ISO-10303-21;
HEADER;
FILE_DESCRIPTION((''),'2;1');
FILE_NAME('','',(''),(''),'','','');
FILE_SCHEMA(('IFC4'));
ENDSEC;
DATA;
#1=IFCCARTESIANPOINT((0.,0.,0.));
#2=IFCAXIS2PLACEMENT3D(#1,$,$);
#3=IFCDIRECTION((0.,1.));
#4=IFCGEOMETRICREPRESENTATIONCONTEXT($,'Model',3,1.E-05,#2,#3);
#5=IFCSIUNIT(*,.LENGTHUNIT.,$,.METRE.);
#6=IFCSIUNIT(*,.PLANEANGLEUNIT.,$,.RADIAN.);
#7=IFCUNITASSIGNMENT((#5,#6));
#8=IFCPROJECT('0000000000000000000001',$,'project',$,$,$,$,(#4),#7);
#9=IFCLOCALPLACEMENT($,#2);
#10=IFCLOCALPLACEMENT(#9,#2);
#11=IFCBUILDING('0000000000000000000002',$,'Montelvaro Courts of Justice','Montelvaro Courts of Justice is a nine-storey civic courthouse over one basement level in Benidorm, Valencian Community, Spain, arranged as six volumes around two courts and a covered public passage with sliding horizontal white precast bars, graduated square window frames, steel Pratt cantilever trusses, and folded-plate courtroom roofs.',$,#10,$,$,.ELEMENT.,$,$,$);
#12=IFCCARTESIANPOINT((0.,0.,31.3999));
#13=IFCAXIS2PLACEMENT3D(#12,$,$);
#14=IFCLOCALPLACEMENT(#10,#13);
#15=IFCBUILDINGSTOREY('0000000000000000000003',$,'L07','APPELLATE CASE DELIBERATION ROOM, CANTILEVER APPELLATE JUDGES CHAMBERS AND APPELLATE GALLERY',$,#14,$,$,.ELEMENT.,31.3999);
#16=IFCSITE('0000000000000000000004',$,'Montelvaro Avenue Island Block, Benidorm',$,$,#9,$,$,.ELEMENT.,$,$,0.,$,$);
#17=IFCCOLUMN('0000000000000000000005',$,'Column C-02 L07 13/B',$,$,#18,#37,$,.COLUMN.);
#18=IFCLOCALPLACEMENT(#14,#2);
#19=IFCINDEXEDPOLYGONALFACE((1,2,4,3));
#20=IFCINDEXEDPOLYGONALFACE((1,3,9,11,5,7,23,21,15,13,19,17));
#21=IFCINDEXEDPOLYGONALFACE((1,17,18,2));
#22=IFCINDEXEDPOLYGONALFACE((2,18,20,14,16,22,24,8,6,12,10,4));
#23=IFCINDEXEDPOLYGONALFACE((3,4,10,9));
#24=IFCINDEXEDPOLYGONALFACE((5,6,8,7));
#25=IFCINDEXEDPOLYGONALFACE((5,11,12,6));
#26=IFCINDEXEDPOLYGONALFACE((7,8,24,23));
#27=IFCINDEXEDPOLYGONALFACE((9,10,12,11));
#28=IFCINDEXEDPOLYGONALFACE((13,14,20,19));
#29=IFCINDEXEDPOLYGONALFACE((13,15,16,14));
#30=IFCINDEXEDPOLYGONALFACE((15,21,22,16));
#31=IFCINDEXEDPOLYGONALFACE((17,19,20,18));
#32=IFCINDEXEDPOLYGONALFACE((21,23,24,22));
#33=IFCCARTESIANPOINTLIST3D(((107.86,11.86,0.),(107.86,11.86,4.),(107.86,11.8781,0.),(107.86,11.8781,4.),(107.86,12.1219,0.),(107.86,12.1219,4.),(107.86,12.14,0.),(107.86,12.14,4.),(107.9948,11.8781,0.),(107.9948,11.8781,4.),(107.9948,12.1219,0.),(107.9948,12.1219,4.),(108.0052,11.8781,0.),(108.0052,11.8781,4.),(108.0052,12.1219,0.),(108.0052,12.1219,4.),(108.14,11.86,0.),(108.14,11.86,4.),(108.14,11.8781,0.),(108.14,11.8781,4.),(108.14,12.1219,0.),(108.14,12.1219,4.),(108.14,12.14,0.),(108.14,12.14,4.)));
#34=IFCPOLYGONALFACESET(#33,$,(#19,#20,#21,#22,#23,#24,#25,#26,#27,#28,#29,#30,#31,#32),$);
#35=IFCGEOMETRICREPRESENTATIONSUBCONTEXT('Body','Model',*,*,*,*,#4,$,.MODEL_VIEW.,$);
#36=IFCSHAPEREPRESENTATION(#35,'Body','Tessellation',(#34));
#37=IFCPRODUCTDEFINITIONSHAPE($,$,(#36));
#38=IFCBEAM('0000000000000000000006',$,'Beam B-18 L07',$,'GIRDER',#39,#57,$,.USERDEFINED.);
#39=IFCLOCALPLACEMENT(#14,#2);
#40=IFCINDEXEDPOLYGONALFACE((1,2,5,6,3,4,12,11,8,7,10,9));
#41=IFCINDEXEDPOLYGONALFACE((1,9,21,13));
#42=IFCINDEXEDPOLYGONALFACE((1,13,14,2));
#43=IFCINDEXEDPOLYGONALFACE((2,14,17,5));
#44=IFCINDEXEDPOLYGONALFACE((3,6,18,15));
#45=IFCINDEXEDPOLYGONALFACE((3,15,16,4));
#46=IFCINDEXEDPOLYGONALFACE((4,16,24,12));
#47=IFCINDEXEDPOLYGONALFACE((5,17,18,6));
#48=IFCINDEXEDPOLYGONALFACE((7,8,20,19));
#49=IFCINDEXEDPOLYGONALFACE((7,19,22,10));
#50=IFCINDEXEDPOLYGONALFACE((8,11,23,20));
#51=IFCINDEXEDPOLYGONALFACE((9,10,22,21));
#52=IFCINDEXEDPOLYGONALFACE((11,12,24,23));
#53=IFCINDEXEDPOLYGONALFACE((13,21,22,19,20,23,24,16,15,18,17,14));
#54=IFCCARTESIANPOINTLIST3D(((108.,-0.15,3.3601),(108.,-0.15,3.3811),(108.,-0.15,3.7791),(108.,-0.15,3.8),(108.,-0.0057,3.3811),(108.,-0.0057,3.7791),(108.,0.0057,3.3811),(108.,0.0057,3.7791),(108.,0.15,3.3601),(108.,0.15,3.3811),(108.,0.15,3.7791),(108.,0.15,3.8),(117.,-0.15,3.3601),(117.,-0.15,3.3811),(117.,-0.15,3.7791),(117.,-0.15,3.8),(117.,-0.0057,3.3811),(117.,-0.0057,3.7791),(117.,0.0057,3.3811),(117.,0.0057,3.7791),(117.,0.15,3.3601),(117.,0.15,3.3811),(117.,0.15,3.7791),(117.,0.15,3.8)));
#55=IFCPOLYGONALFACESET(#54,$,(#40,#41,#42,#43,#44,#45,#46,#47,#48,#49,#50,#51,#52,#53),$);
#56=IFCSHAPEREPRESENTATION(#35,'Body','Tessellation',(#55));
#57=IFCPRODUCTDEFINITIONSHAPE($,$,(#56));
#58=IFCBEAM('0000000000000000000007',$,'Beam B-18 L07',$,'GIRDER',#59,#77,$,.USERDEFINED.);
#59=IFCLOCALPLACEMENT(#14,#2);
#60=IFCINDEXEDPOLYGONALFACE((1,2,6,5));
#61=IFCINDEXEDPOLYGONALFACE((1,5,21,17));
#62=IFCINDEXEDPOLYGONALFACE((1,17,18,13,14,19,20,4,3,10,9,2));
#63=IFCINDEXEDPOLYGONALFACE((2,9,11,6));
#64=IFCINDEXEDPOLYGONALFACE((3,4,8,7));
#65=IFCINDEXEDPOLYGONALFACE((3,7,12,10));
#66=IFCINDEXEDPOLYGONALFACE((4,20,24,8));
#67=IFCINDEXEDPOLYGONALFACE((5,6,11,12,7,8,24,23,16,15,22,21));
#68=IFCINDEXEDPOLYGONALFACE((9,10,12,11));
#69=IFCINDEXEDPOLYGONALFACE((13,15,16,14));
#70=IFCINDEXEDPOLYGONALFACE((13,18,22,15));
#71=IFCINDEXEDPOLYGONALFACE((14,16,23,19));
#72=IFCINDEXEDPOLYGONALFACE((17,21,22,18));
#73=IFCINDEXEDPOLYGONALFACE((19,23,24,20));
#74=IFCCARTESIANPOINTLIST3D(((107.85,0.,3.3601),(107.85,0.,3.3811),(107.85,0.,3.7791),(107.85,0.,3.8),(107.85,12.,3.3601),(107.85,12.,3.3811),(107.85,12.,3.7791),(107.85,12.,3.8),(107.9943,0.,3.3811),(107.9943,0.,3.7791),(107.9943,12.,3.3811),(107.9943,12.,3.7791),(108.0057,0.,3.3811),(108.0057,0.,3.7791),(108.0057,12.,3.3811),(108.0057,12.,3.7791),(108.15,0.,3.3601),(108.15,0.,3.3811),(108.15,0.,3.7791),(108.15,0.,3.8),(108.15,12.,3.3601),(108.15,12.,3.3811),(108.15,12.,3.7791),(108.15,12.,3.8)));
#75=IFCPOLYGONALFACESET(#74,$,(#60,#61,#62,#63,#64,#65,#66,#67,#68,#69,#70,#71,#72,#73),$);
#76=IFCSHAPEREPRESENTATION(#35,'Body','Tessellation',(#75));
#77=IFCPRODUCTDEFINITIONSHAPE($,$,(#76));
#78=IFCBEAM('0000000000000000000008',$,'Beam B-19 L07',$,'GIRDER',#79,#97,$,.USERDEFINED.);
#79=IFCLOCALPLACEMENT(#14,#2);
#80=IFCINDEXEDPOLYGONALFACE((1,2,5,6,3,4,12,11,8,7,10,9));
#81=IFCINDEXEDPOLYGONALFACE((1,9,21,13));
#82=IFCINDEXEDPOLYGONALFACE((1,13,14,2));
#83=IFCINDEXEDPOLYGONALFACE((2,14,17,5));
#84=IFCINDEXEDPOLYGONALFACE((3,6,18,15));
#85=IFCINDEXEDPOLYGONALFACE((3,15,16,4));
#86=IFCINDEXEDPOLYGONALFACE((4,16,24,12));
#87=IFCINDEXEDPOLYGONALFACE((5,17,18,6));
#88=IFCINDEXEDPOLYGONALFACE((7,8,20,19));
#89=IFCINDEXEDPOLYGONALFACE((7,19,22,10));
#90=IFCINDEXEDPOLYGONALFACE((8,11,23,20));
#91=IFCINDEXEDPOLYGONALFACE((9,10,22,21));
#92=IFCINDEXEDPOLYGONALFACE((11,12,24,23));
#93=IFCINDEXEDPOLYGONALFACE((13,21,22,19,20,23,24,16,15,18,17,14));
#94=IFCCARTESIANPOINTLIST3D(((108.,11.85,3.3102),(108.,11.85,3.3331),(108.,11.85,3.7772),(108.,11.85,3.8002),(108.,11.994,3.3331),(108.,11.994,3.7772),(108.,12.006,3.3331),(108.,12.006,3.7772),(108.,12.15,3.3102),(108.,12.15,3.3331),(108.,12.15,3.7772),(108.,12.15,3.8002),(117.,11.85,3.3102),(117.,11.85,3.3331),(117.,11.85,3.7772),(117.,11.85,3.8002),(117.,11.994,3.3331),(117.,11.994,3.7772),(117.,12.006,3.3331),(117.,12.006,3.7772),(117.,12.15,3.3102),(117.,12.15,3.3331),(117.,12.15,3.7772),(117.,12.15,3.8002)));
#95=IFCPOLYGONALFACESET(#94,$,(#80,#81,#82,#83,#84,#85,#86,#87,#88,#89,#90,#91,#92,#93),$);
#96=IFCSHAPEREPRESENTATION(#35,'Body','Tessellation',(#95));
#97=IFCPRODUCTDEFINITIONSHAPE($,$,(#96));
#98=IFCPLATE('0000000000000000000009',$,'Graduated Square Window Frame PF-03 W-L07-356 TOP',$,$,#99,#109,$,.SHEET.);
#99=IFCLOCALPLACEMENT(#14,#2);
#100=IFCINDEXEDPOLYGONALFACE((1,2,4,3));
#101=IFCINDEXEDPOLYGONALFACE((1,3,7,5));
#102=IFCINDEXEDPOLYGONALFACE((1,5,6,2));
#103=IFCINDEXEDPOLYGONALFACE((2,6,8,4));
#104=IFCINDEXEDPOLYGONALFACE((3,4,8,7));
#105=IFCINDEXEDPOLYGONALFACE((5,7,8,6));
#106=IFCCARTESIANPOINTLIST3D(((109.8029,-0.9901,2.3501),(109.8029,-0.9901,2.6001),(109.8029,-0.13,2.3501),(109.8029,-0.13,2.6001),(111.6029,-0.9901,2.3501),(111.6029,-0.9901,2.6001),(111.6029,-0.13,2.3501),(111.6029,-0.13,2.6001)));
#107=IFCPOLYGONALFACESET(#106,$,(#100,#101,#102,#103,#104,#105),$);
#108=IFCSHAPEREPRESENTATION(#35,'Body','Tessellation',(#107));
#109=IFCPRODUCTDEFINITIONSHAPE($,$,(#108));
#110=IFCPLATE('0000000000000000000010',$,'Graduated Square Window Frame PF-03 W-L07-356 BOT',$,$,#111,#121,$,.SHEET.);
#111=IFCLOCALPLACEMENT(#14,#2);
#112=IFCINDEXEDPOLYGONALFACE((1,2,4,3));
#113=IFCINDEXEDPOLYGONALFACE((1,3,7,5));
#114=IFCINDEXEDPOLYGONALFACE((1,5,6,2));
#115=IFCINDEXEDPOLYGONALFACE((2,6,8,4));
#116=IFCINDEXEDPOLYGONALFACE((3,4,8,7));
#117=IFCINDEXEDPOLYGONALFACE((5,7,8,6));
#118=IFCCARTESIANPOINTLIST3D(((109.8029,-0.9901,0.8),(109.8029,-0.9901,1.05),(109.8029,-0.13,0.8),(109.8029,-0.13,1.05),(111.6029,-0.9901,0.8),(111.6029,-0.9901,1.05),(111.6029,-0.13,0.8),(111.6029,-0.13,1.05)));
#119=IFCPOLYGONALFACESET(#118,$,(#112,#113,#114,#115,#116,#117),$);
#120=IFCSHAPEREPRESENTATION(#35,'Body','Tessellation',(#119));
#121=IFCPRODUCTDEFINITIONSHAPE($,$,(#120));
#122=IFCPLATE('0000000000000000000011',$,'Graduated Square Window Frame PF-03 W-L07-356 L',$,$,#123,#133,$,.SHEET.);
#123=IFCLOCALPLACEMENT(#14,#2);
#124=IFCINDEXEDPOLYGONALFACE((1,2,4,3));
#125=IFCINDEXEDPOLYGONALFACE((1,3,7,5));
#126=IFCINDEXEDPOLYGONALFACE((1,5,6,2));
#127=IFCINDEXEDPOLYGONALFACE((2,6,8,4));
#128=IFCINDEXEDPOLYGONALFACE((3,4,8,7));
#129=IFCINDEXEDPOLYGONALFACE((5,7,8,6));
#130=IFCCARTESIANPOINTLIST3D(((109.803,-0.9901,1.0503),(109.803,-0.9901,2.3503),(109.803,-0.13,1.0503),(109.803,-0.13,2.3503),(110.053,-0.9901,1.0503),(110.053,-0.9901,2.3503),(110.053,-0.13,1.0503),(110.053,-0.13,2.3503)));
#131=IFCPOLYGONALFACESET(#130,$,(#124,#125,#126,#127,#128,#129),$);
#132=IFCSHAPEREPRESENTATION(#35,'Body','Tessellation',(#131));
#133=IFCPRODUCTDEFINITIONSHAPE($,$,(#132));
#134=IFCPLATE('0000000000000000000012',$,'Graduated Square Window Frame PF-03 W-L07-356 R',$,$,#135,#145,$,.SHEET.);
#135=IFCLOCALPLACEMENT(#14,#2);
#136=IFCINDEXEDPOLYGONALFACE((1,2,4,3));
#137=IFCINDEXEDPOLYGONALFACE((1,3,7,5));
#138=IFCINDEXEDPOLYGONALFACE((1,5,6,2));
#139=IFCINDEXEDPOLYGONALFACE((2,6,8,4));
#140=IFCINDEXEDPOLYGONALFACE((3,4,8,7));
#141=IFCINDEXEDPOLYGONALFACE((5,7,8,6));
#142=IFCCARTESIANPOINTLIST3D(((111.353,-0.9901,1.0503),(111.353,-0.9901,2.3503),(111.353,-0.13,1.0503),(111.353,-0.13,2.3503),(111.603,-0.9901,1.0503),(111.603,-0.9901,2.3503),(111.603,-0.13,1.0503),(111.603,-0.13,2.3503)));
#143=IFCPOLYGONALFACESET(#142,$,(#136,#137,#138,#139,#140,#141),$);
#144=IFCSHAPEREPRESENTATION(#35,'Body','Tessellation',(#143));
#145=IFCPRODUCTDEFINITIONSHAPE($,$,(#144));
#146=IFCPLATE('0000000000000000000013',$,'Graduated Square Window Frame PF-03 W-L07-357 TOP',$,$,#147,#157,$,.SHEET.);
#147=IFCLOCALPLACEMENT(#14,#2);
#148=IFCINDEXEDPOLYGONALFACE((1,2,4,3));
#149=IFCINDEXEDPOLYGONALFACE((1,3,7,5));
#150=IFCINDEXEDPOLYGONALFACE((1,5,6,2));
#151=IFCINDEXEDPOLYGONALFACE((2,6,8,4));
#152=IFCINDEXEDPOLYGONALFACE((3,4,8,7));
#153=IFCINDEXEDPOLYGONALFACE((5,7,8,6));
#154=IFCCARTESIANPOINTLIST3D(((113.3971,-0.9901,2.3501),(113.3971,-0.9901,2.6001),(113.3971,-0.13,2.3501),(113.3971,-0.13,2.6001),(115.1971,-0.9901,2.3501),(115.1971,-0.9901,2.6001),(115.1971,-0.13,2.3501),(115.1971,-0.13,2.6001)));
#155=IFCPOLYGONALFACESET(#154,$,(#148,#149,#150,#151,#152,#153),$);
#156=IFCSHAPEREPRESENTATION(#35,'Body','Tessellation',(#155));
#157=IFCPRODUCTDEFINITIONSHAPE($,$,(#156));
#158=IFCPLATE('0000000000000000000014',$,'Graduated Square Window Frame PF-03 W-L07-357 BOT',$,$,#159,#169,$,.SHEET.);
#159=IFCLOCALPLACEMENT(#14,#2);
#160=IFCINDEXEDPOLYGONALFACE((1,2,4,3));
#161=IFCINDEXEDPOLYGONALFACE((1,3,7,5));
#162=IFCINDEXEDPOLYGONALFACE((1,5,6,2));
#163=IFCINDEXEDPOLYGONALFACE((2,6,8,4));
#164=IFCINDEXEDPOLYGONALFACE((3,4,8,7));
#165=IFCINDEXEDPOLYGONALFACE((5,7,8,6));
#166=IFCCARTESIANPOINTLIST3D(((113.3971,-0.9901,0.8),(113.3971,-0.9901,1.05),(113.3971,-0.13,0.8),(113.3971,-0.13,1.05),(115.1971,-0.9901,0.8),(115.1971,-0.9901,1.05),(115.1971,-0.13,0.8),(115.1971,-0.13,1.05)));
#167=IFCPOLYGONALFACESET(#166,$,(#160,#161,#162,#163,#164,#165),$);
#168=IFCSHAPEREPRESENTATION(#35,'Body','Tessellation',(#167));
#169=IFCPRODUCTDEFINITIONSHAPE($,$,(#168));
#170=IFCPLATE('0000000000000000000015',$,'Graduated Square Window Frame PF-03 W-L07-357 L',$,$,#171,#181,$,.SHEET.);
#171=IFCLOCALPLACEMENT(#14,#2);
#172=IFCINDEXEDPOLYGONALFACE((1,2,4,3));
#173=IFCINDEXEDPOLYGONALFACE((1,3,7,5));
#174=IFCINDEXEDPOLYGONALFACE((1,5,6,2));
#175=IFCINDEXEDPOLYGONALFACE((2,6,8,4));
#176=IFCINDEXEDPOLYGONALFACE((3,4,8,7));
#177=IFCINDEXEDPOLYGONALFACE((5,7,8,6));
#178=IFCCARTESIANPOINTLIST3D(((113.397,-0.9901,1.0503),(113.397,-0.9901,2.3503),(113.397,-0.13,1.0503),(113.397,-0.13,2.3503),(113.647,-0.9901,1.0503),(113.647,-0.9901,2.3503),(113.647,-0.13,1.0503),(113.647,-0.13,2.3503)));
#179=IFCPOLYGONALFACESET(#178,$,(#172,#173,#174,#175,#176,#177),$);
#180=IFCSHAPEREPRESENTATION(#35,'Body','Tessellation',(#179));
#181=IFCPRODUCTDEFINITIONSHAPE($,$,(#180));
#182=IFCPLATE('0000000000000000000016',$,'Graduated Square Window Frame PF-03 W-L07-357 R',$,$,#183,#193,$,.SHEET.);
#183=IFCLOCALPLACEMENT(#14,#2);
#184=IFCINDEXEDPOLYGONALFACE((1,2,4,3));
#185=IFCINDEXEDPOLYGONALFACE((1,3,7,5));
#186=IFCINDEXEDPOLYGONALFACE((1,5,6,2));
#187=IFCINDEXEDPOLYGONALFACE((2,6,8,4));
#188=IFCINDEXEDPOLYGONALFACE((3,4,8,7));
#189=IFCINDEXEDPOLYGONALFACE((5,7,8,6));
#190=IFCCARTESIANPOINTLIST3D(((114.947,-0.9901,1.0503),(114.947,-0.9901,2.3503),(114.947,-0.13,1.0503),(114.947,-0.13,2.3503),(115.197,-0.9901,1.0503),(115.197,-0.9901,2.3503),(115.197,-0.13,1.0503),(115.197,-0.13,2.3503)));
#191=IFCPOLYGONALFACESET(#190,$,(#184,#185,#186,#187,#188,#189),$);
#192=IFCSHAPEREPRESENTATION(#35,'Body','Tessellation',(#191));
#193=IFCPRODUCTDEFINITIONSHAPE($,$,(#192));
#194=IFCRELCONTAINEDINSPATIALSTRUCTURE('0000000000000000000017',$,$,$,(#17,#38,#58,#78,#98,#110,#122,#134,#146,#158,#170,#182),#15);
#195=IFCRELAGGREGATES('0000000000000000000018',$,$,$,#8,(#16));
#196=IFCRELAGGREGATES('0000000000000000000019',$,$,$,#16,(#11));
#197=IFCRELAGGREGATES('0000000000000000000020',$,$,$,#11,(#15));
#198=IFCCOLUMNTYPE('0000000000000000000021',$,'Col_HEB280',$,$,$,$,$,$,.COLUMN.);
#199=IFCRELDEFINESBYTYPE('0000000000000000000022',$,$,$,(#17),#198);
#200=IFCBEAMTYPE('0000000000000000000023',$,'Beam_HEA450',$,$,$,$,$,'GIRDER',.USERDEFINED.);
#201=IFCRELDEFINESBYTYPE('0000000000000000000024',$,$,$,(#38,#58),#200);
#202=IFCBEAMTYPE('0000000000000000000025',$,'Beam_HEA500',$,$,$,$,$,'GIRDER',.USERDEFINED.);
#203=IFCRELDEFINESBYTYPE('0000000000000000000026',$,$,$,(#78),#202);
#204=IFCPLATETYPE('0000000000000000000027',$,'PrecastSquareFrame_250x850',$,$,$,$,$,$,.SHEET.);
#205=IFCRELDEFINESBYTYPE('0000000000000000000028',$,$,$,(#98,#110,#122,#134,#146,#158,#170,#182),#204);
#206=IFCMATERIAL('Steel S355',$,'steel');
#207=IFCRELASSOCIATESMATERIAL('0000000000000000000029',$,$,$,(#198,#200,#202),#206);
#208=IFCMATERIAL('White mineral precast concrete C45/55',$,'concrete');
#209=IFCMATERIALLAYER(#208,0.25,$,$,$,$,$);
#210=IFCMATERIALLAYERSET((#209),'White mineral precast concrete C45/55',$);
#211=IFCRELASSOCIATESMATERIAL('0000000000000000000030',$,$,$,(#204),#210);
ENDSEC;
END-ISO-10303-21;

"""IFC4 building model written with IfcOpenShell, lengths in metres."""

from ifc_helpers import new_model, si_unit, direction, frame, origin, origin_2d, place, context, subcontext, project, spatial, rectangle, i_section, extrude, material, layer, layer_set, material_profile, profile_set, type_object, element, save


model = new_model("IFC4")

# Units and contexts
model_context = context("Model", 3, precision=1e-05, world=origin(), true_north=direction((0.0, 1.0)))
body_context = subcontext(model_context, "Body", "Model", "MODEL_VIEW")
ifc_project = project(units=[si_unit("LENGTHUNIT", "METRE"), si_unit("PLANEANGLEUNIT", "RADIAN")], contexts=[model_context])

# Site, building, storey
site_placement = place(None, origin())
site = spatial("IfcSite", under=ifc_project, at=site_placement, Name="Montelvaro Avenue Island Block, Benidorm", CompositionType="ELEMENT", RefElevation=0.0)
building_placement = place(site_placement, origin())
building = spatial("IfcBuilding", under=site, at=building_placement, Name="Montelvaro Courts of Justice", Description="Montelvaro Courts of Justice is a nine-storey civic courthouse over one basement level in Benidorm, Valencian Community, Spain, arranged as six volumes around two courts and a covered public passage with sliding horizontal white precast bars, graduated square window frames, steel Pratt cantilever trusses, and folded-plate courtroom roofs.", CompositionType="ELEMENT")
storey_placement = place(building_placement, frame((0.0, 0.0, 31.3999)))
storey = spatial("IfcBuildingStorey", under=building, at=storey_placement, Name="L07", Description="APPELLATE CASE DELIBERATION ROOM, CANTILEVER APPELLATE JUDGES CHAMBERS AND APPELLATE GALLERY", CompositionType="ELEMENT", Elevation=31.3999)

# Column
ifc_material_1 = material(Name="Steel S355", Category="steel")
ifc_material_profile_1 = material_profile(ifc_material_1, i_section(OverallWidth=0.28, OverallDepth=0.28, WebThickness=0.0105, FlangeThickness=0.0181, at=origin_2d()), Name="HEB 280")
ifc_profile_set_1 = profile_set([ifc_material_profile_1], Name="Steel S355")
column_type = type_object("IfcColumnType", Name="Col_HEB280", PredefinedType="COLUMN", material=ifc_profile_set_1)
column_placement = place(storey_placement, frame((108.0, 12.0, 0.0), z_axis=(0.0, 0.0, 1.0), x_axis=(1.0, 0.0, 0.0)))
element("IfcColumn", 1, at=column_placement, inside=storey, type_object=column_type, Name="Column C-02 L07 13/B", PredefinedType="COLUMN", context=body_context, shape_type="SweptSolid", body=[
    extrude(i_section(OverallWidth=0.28, OverallDepth=0.28, WebThickness=0.0105, FlangeThickness=0.0181, at=origin_2d()), origin(), (0.0, 0.0, 1.0), 4.0),
])

# Beams
ifc_material_profile_2 = material_profile(ifc_material_1, i_section(OverallWidth=0.3, OverallDepth=0.4399, WebThickness=0.0115, FlangeThickness=0.021, at=origin_2d()), Name="HEA 450")
ifc_profile_set_2 = profile_set([ifc_material_profile_2], Name="Steel S355")
beam_type_1 = type_object("IfcBeamType", Name="Beam_HEA450", ElementType="GIRDER", PredefinedType="USERDEFINED", material=ifc_profile_set_2)
beam_1_placement = place(storey_placement, frame((108.0, 0.0, 3.5801), z_axis=(1.0, 0.0, 0.0), x_axis=(0.0, 1.0, 0.0)))
element("IfcBeam", 2, at=beam_1_placement, inside=storey, type_object=beam_type_1, Name="Beam B-18 L07", ObjectType="GIRDER", PredefinedType="USERDEFINED", context=body_context, shape_type="SweptSolid", body=[
    extrude(i_section(OverallWidth=0.3, OverallDepth=0.4399, WebThickness=0.0115, FlangeThickness=0.021, at=origin_2d()), origin(), (0.0, 0.0, 1.0), 9.0),
])
beam_2_placement = place(storey_placement, frame((108.0, 0.0, 3.5801), z_axis=(0.0, 1.0, 0.0), x_axis=(-1.0, 0.0, 0.0)))
element("IfcBeam", 3, at=beam_2_placement, inside=storey, type_object=beam_type_1, Name="Beam B-18 L07", ObjectType="GIRDER", PredefinedType="USERDEFINED", context=body_context, shape_type="SweptSolid", body=[
    extrude(i_section(OverallWidth=0.3, OverallDepth=0.4399, WebThickness=0.0115, FlangeThickness=0.021, at=origin_2d()), origin(), (0.0, 0.0, 1.0), 12.0),
])
ifc_material_profile_3 = material_profile(ifc_material_1, i_section(OverallWidth=0.3, OverallDepth=0.49, WebThickness=0.012, FlangeThickness=0.0229, at=origin_2d()), Name="HEA 500")
ifc_profile_set_3 = profile_set([ifc_material_profile_3], Name="Steel S355")
beam_type_2 = type_object("IfcBeamType", Name="Beam_HEA500", ElementType="GIRDER", PredefinedType="USERDEFINED", material=ifc_profile_set_3)
beam_3_placement = place(storey_placement, frame((108.0, 12.0, 3.5552), z_axis=(1.0, 0.0, 0.0), x_axis=(0.0, 1.0, 0.0)))
element("IfcBeam", 4, at=beam_3_placement, inside=storey, type_object=beam_type_2, Name="Beam B-19 L07", ObjectType="GIRDER", PredefinedType="USERDEFINED", context=body_context, shape_type="SweptSolid", body=[
    extrude(i_section(OverallWidth=0.3, OverallDepth=0.49, WebThickness=0.012, FlangeThickness=0.0229, at=origin_2d()), origin(), (0.0, 0.0, 1.0), 9.0),
])

# Plates
ifc_material_2 = material(Name="White mineral precast concrete C45/55", Category="concrete")
ifc_layer_1 = layer(ifc_material_2, 0.25)
ifc_layer_set_1 = layer_set([ifc_layer_1], Name="White mineral precast concrete C45/55")
plate_type = type_object("IfcPlateType", Name="PrecastSquareFrame_250x850", PredefinedType="SHEET", material=ifc_layer_set_1)
for number, where, z_axis, x_axis, name in (
    (5, (110.7029, -0.5601, 2.3501), (0.0, 0.0, 1.0), (1.0, 0.0, 0.0), "Graduated Square Window Frame PF-03 W-L07-356 TOP"),
    (6, (110.7029, -0.5601, 0.8), (0.0, 0.0, 1.0), (1.0, 0.0, 0.0), "Graduated Square Window Frame PF-03 W-L07-356 BOT"),
):
    element("IfcPlate", number, at=place(storey_placement, frame(where, z_axis=z_axis, x_axis=x_axis)), inside=storey, type_object=plate_type, Name=name, PredefinedType="SHEET", context=body_context, shape_type="SweptSolid", body=[
        extrude(rectangle(XDim=1.8, YDim=0.8601, at=origin_2d()), origin(), (0.0, 0.0, 1.0), 0.25),
    ])
for number, where, z_axis, x_axis, name in (
    (7, (109.928, -0.5601, 1.0503), (0.0, 0.0, 1.0), (1.0, 0.0, 0.0), "Graduated Square Window Frame PF-03 W-L07-356 L"),
    (8, (111.478, -0.5601, 1.0503), (0.0, 0.0, 1.0), (1.0, 0.0, 0.0), "Graduated Square Window Frame PF-03 W-L07-356 R"),
):
    element("IfcPlate", number, at=place(storey_placement, frame(where, z_axis=z_axis, x_axis=x_axis)), inside=storey, type_object=plate_type, Name=name, PredefinedType="SHEET", context=body_context, shape_type="SweptSolid", body=[
        extrude(rectangle(XDim=0.25, YDim=0.8601, at=origin_2d()), origin(), (0.0, 0.0, 1.0), 1.3),
    ])
for number, where, z_axis, x_axis, name in (
    (9, (114.2971, -0.5601, 2.3501), (0.0, 0.0, 1.0), (1.0, 0.0, 0.0), "Graduated Square Window Frame PF-03 W-L07-357 TOP"),
    (10, (114.2971, -0.5601, 0.8), (0.0, 0.0, 1.0), (1.0, 0.0, 0.0), "Graduated Square Window Frame PF-03 W-L07-357 BOT"),
):
    element("IfcPlate", number, at=place(storey_placement, frame(where, z_axis=z_axis, x_axis=x_axis)), inside=storey, type_object=plate_type, Name=name, PredefinedType="SHEET", context=body_context, shape_type="SweptSolid", body=[
        extrude(rectangle(XDim=1.8, YDim=0.8601, at=origin_2d()), origin(), (0.0, 0.0, 1.0), 0.25),
    ])
for number, where, z_axis, x_axis, name in (
    (11, (113.522, -0.5601, 1.0503), (0.0, 0.0, 1.0), (1.0, 0.0, 0.0), "Graduated Square Window Frame PF-03 W-L07-357 L"),
    (12, (115.072, -0.5601, 1.0503), (0.0, 0.0, 1.0), (1.0, 0.0, 0.0), "Graduated Square Window Frame PF-03 W-L07-357 R"),
):
    element("IfcPlate", number, at=place(storey_placement, frame(where, z_axis=z_axis, x_axis=x_axis)), inside=storey, type_object=plate_type, Name=name, PredefinedType="SHEET", context=body_context, shape_type="SweptSolid", body=[
        extrude(rectangle(XDim=0.25, YDim=0.8601, at=origin_2d()), origin(), (0.0, 0.0, 1.0), 1.3),
    ])

save(model, "model.ifc")
